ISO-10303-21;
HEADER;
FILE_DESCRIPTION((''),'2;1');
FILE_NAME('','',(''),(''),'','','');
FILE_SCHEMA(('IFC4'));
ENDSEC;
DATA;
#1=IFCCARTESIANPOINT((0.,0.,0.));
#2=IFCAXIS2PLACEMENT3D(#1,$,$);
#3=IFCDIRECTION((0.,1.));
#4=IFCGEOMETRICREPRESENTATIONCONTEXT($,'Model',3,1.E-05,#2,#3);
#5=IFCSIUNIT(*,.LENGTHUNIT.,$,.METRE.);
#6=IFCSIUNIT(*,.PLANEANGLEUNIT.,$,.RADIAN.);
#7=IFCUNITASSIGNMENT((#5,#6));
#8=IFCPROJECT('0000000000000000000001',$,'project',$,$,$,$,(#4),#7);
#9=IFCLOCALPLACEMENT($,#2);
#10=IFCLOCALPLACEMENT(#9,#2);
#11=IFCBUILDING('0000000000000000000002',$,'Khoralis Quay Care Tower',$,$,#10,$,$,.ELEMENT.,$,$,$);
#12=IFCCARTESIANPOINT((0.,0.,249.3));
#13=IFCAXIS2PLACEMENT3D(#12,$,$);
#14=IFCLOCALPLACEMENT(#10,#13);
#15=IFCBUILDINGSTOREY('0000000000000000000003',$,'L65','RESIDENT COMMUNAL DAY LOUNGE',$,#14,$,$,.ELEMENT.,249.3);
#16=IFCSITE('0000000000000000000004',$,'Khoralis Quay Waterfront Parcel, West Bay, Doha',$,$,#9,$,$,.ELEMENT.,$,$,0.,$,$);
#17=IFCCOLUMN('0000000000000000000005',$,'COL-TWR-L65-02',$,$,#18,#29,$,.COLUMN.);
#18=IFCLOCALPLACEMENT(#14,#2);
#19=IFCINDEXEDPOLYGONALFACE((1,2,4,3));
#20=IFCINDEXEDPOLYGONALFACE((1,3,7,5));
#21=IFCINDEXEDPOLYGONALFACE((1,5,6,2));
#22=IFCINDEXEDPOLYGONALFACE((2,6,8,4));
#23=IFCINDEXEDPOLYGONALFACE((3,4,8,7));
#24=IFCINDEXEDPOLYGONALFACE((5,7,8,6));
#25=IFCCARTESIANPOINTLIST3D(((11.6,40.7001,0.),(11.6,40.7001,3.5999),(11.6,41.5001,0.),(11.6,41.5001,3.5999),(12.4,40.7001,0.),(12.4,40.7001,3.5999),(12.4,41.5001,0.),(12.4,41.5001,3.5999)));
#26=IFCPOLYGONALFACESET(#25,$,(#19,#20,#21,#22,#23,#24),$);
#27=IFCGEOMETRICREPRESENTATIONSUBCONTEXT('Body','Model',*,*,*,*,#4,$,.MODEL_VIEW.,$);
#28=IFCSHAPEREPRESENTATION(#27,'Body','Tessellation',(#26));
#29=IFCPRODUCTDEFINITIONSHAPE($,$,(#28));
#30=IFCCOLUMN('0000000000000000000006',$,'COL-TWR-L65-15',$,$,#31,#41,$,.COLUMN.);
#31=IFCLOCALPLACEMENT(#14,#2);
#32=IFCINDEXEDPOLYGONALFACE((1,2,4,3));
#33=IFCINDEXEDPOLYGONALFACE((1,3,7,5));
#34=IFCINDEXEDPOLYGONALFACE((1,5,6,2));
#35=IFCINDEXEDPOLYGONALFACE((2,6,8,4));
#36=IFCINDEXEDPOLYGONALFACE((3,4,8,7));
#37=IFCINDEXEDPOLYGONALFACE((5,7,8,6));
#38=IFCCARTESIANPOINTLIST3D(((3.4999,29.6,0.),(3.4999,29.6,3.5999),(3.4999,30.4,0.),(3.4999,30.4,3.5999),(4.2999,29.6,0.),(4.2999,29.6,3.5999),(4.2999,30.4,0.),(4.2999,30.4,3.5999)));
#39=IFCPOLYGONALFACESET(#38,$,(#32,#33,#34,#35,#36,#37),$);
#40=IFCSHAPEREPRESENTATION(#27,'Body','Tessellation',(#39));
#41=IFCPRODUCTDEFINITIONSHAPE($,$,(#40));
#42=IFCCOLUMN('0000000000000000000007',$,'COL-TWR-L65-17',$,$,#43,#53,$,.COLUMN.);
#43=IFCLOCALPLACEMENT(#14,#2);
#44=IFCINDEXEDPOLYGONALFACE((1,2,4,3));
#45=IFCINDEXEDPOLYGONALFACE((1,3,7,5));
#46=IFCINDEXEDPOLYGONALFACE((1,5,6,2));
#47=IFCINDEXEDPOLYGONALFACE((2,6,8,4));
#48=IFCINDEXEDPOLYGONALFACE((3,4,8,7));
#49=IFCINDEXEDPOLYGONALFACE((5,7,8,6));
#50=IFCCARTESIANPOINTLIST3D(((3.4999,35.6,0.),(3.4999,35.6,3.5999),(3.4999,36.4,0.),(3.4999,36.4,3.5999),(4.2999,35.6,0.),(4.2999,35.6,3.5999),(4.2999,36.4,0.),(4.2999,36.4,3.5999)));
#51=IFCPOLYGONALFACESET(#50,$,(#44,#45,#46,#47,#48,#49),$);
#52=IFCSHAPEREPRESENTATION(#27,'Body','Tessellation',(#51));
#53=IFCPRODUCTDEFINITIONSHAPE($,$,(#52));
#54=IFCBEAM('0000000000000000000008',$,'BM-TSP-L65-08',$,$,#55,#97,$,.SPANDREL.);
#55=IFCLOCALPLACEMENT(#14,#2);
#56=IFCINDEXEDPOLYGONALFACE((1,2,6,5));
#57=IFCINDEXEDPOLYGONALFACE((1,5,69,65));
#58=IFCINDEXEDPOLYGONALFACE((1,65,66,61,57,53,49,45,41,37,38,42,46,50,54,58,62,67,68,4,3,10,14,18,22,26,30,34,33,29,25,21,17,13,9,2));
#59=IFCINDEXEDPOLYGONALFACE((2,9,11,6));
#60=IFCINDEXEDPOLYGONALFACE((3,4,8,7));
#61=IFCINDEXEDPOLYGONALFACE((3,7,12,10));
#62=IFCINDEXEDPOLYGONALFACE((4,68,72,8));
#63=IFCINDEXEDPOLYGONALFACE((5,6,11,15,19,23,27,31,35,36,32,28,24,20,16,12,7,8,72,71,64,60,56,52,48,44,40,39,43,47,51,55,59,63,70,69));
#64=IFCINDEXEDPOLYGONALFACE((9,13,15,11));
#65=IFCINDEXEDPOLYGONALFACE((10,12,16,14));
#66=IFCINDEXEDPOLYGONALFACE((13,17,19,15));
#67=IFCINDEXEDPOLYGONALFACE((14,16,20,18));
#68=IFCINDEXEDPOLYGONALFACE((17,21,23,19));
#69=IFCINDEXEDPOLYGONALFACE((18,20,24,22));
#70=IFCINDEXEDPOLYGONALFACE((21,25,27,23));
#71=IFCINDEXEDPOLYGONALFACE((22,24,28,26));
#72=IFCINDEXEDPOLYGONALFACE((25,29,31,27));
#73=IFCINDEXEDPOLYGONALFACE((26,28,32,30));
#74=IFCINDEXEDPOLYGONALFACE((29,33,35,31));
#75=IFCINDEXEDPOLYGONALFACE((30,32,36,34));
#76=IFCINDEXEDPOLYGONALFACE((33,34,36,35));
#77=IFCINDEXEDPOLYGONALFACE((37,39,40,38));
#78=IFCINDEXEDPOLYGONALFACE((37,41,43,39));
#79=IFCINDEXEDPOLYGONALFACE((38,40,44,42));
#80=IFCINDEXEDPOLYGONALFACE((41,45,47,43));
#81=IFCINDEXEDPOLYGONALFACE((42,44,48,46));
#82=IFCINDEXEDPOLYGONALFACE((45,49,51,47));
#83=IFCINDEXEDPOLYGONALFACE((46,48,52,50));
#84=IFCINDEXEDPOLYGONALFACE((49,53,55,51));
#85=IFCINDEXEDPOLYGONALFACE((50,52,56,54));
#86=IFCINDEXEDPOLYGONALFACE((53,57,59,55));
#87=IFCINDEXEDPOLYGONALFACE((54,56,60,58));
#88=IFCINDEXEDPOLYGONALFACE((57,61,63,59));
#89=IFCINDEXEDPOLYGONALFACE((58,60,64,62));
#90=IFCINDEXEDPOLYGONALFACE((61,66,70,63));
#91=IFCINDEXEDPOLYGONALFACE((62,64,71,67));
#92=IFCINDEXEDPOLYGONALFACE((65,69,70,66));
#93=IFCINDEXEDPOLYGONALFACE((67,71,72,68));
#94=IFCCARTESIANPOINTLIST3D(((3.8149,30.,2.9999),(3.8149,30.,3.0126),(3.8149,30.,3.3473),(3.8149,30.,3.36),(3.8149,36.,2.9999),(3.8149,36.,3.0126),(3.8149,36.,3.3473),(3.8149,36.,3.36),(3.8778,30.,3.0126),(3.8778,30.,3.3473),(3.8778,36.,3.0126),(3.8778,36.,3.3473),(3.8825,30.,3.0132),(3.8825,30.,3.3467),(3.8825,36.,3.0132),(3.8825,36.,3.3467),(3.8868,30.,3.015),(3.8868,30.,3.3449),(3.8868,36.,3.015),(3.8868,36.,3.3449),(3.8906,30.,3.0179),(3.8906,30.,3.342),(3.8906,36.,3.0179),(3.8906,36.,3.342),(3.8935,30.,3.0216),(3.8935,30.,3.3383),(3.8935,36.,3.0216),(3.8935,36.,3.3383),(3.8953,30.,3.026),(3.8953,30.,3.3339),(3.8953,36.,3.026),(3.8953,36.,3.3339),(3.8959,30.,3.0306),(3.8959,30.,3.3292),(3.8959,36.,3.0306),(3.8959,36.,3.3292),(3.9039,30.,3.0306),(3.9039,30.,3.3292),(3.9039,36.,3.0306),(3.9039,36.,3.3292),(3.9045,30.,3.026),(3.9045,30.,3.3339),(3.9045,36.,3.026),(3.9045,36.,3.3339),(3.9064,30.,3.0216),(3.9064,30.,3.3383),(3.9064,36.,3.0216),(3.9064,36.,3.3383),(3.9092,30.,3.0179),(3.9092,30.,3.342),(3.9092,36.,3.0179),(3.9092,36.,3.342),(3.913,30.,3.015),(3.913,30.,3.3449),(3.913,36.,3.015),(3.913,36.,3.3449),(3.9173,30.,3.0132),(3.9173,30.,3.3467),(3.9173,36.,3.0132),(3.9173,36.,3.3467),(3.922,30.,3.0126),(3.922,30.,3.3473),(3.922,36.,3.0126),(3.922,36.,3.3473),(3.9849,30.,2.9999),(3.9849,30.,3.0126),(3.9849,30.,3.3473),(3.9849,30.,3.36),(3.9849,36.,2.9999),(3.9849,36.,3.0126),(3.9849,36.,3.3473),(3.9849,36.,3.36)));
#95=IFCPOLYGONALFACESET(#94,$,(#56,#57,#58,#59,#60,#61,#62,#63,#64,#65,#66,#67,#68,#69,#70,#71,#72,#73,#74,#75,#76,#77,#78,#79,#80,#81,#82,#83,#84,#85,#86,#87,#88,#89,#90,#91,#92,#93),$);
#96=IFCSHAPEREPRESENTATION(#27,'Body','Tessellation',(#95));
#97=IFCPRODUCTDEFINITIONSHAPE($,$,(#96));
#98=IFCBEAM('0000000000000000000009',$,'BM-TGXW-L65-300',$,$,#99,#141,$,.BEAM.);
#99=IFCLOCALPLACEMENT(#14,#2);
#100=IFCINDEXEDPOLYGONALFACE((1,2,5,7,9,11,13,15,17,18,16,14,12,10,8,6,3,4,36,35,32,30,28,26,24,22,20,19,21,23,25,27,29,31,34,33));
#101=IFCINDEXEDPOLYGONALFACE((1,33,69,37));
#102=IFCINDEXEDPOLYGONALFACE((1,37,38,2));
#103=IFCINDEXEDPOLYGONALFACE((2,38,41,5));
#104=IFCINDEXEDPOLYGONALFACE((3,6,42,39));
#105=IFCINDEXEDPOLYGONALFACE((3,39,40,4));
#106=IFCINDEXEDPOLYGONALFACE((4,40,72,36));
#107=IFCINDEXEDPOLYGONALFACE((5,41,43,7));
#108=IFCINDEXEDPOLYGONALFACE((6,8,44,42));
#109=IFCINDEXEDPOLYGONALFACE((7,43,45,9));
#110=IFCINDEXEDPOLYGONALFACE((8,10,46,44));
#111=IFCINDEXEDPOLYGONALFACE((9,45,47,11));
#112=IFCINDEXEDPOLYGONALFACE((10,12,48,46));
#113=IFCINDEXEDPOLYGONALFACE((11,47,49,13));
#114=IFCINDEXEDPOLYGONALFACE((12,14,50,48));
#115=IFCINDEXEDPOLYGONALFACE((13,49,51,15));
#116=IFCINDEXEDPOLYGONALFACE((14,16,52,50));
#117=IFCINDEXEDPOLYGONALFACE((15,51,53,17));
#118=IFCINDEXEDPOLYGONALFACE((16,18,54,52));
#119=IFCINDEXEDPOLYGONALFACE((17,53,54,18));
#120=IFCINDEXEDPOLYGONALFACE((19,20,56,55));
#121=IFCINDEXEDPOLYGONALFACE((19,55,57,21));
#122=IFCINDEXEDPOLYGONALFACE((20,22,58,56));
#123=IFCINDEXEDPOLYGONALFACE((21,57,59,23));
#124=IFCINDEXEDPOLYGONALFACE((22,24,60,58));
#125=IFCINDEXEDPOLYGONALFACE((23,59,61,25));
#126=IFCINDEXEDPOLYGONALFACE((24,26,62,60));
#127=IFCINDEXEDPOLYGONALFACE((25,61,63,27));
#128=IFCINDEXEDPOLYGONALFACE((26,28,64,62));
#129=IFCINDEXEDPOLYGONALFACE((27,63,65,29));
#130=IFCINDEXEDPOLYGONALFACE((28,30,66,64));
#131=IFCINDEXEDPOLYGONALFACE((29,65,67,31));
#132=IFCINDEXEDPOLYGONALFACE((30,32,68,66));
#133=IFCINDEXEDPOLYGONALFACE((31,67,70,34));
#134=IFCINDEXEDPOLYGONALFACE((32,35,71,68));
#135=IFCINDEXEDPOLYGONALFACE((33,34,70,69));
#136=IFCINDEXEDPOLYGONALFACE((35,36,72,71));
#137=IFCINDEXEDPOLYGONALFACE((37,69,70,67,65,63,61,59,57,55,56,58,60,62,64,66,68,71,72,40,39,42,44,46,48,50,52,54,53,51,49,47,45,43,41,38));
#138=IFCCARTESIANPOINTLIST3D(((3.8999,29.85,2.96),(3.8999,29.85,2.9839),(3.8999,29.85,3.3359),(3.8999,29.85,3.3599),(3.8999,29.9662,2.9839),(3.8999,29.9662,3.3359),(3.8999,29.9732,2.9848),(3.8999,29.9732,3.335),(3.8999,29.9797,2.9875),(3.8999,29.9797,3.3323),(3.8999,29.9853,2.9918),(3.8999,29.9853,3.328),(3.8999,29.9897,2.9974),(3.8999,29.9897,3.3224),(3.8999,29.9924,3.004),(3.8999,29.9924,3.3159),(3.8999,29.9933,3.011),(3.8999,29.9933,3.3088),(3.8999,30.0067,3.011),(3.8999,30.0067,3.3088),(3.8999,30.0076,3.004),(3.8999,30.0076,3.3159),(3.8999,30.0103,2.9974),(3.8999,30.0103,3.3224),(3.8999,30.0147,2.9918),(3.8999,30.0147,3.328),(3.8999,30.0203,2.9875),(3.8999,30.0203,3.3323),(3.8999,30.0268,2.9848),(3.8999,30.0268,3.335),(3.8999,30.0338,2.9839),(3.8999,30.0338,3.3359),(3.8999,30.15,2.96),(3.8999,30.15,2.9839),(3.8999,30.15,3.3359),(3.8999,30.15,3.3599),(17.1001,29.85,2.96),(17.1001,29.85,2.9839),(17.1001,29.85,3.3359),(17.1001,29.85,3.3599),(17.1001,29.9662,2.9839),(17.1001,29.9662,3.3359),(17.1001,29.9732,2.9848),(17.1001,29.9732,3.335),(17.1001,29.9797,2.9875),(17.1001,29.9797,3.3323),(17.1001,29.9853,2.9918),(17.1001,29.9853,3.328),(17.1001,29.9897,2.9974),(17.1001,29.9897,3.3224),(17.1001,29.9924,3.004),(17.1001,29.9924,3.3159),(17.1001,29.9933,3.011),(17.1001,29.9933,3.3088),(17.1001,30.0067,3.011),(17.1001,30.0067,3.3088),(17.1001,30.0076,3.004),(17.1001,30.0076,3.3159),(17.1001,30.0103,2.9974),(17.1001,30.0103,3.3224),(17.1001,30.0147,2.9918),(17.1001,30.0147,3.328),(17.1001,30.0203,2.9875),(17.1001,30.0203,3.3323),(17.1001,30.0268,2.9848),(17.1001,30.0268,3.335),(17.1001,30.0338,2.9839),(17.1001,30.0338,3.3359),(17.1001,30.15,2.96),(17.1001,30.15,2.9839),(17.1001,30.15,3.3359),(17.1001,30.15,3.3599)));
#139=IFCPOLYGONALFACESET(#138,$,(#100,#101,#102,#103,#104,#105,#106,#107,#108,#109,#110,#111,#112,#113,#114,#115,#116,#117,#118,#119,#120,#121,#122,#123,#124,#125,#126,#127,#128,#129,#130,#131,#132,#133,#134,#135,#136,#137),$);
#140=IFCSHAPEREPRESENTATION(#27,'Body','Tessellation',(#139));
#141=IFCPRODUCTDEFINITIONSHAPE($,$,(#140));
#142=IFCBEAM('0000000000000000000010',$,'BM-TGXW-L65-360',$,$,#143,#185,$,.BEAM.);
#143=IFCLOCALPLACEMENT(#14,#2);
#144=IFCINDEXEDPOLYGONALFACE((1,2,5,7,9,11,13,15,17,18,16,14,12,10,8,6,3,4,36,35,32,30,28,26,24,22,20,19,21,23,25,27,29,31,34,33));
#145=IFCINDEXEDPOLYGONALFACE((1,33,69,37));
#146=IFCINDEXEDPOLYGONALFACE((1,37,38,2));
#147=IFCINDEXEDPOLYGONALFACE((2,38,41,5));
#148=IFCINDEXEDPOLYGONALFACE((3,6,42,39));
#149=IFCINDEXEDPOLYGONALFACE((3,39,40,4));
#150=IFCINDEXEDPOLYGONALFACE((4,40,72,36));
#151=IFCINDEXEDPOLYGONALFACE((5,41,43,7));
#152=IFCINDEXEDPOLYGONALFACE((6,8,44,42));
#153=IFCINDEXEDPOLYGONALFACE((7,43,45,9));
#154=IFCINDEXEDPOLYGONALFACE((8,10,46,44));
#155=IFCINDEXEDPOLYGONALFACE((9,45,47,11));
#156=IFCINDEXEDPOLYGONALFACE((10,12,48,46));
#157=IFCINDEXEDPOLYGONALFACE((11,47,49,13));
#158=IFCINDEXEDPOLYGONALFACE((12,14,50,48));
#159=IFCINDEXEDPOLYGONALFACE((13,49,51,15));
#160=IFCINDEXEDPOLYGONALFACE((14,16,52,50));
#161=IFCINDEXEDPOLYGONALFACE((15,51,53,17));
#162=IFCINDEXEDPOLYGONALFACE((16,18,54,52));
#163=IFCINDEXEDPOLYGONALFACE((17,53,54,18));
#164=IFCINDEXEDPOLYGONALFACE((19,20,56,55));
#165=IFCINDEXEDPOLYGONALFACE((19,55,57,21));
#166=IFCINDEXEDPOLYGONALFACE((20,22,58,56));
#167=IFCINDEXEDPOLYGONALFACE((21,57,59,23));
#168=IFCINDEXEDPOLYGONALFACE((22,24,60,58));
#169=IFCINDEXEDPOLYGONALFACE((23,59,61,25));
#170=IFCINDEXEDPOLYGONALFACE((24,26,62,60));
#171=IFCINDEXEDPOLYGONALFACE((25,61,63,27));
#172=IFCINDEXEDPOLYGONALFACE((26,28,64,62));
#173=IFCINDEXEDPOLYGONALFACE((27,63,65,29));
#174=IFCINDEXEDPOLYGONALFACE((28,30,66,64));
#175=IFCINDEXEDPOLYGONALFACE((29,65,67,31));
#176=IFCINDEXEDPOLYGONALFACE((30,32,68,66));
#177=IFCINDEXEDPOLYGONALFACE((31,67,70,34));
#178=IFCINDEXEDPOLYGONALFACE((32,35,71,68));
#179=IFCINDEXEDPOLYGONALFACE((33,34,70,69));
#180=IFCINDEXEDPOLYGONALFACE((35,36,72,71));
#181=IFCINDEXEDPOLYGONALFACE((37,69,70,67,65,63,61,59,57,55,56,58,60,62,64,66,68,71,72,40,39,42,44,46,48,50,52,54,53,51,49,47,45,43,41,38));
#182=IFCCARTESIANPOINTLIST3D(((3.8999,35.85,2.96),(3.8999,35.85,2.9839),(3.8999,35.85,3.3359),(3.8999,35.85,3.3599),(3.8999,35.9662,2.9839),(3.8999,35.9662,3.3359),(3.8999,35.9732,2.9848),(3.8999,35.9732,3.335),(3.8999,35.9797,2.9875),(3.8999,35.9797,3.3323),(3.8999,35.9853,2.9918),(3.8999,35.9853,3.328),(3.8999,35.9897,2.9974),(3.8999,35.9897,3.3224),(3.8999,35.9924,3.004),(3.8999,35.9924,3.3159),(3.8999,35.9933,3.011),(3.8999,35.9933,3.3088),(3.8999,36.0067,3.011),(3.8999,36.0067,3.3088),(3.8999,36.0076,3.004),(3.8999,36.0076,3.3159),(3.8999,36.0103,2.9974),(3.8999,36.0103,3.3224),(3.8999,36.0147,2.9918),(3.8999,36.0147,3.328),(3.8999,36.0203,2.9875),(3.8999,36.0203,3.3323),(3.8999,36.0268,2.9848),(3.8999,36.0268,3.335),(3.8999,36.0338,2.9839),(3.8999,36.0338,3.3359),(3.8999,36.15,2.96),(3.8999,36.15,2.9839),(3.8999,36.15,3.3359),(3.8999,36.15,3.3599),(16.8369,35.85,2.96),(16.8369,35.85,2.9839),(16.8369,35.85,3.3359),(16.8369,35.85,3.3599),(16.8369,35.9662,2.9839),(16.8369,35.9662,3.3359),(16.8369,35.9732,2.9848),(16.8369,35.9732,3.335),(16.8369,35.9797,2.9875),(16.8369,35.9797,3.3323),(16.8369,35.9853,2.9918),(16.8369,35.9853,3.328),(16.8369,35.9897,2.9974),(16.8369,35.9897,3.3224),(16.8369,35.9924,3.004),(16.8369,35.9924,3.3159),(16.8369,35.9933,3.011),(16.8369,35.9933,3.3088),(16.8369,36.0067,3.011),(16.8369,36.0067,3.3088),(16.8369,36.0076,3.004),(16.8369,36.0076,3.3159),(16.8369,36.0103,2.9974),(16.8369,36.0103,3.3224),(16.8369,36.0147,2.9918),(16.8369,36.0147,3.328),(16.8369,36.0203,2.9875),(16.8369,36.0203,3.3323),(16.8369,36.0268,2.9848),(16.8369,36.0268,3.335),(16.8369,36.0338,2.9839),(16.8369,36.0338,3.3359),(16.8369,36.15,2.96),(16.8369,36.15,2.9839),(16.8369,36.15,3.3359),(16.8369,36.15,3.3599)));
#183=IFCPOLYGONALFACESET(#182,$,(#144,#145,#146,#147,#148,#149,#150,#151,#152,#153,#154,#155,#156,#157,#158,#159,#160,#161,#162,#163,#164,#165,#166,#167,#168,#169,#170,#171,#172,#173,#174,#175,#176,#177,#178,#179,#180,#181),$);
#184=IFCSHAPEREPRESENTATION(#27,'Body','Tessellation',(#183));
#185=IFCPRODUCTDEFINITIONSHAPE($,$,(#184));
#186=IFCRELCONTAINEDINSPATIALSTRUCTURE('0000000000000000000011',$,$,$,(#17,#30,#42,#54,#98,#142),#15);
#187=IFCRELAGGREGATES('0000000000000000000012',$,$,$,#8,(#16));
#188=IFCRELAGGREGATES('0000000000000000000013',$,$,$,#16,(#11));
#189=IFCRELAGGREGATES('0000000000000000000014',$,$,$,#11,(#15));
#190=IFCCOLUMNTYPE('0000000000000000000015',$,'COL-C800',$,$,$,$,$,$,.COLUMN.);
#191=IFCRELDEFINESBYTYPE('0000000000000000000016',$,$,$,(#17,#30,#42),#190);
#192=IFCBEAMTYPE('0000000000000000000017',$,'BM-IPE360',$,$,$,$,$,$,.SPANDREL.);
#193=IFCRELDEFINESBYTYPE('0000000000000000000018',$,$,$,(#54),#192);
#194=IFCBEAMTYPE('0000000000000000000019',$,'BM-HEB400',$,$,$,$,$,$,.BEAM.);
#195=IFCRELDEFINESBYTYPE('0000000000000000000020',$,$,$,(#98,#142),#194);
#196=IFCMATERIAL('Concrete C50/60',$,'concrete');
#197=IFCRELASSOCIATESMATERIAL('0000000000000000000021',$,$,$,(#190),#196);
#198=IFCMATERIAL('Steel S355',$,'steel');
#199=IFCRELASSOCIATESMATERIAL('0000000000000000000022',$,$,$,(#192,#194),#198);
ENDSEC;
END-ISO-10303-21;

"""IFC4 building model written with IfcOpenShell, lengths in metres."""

from ifc_helpers import new_model, si_unit, direction, frame, origin, origin_2d, place, context, subcontext, project, spatial, rectangle, i_section, extrude, source, transform, mapped, material, material_profile, profile_set, type_object, element, save


model = new_model("IFC4")

# Units and contexts
model_context = context("Model", 3, precision=1e-05, world=origin(), true_north=direction((0.0, 1.0)))
body_context = subcontext(model_context, "Body", "Model", "MODEL_VIEW")
ifc_project = project(units=[si_unit("LENGTHUNIT", "METRE"), si_unit("PLANEANGLEUNIT", "RADIAN")], contexts=[model_context])

# Site, building, storey
site_placement = place(None, origin())
site = spatial("IfcSite", under=ifc_project, at=site_placement, Name="Khoralis Quay Waterfront Parcel, West Bay, Doha", CompositionType="ELEMENT", RefElevation=0.0)
building_placement = place(site_placement, origin())
building = spatial("IfcBuilding", under=site, at=building_placement, Name="Khoralis Quay Care Tower", CompositionType="ELEMENT")
storey_placement = place(building_placement, frame((0.0, 0.0, 249.3)))
storey = spatial("IfcBuildingStorey", under=building, at=storey_placement, Name="L65", Description="RESIDENT COMMUNAL DAY LOUNGE", CompositionType="ELEMENT", Elevation=249.3)

# Columns
ifc_material_1 = material(Name="Concrete C50/60", Category="concrete")
ifc_material_profile_1 = material_profile(ifc_material_1, rectangle(XDim=0.8, YDim=0.8, at=origin_2d()), Name="Concrete C50/60")
ifc_profile_set_1 = profile_set([ifc_material_profile_1], Name="Concrete C50/60")
column_type = type_object("IfcColumnType", Name="COL-C800", PredefinedType="COLUMN", material=ifc_profile_set_1)
shared_shape_1 = source(origin(), body_context, "Body", "SweptSolid", [
    extrude(rectangle(XDim=0.8, YDim=0.8, at=origin_2d()), origin(), (0.0, 0.0, 1.0), 3.5999),
])
for number, where, z_axis, x_axis, name in (
    (1, (12.0, 41.1001, 0.0), (0.0, 0.0, 1.0), (1.0, 0.0, 0.0), "COL-TWR-L65-02"),
    (2, (3.8999, 30.0, 0.0), (0.0, 0.0, 1.0), (1.0, 0.0, 0.0), "COL-TWR-L65-15"),
    (3, (3.8999, 36.0, 0.0), (0.0, 0.0, 1.0), (1.0, 0.0, 0.0), "COL-TWR-L65-17"),
):
    element("IfcColumn", number, at=place(storey_placement, frame(where, z_axis=z_axis, x_axis=x_axis)), inside=storey, type_object=column_type, Name=name, PredefinedType="COLUMN", context=body_context, shape_type="MappedRepresentation", body=[
        mapped(shared_shape_1, transform((0.0, 0.0, 0.0), scale=1.0)),
    ])

# Beams
ifc_material_2 = material(Name="Steel S355", Category="steel")
ifc_material_profile_2 = material_profile(ifc_material_2, i_section(OverallWidth=0.1699, OverallDepth=0.3601, WebThickness=0.0081, FlangeThickness=0.0127, FilletRadius=0.0181, at=origin_2d()), Name="Steel S355")
ifc_profile_set_2 = profile_set([ifc_material_profile_2], Name="Steel S355")
beam_type_1 = type_object("IfcBeamType", Name="BM-IPE360", PredefinedType="SPANDREL", material=ifc_profile_set_2)
shared_shape_2 = source(origin(), body_context, "Body", "SweptSolid", [
    extrude(i_section(OverallWidth=0.1699, OverallDepth=0.3601, WebThickness=0.0081, FlangeThickness=0.0127, FilletRadius=0.0181, at=origin_2d()), origin(), (0.0, 0.0, 1.0), 6.0),
])
beam_1_placement = place(storey_placement, frame((3.8999, 30.0, 3.1799), z_axis=(0.0, 1.0, 0.0), x_axis=(-1.0, 0.0, 0.0)))
element("IfcBeam", 4, at=beam_1_placement, inside=storey, type_object=beam_type_1, Name="BM-TSP-L65-08", PredefinedType="SPANDREL", context=body_context, shape_type="MappedRepresentation", body=[
    mapped(shared_shape_2, transform((0.0, 0.0, 0.0), scale=1.0)),
])
ifc_material_profile_3 = material_profile(ifc_material_2, i_section(OverallWidth=0.3, OverallDepth=0.3999, WebThickness=0.0134, FlangeThickness=0.0239, FilletRadius=0.0271, at=origin_2d()), Name="Steel S355")
ifc_profile_set_3 = profile_set([ifc_material_profile_3], Name="Steel S355")
beam_type_2 = type_object("IfcBeamType", Name="BM-HEB400", PredefinedType="BEAM", material=ifc_profile_set_3)
shared_shape_3 = source(origin(), body_context, "Body", "SweptSolid", [
    extrude(i_section(OverallWidth=0.3, OverallDepth=0.3999, WebThickness=0.0134, FlangeThickness=0.0239, FilletRadius=0.0271, at=origin_2d()), origin(), (0.0, 0.0, 1.0), 13.2002),
])
beam_2_placement = place(storey_placement, frame((3.8999, 30.0, 3.1599), z_axis=(1.0, 0.0, 0.0), x_axis=(0.0, 1.0, 0.0)))
element("IfcBeam", 5, at=beam_2_placement, inside=storey, type_object=beam_type_2, Name="BM-TGXW-L65-300", PredefinedType="BEAM", context=body_context, shape_type="MappedRepresentation", body=[
    mapped(shared_shape_3, transform((0.0, 0.0, 0.0), scale=1.0)),
])
shared_shape_4 = source(origin(), body_context, "Body", "SweptSolid", [
    extrude(i_section(OverallWidth=0.3, OverallDepth=0.3999, WebThickness=0.0134, FlangeThickness=0.0239, FilletRadius=0.0271, at=origin_2d()), origin(), (0.0, 0.0, 1.0), 12.937),
])
beam_3_placement = place(storey_placement, frame((3.8999, 36.0, 3.1599), z_axis=(1.0, 0.0, 0.0), x_axis=(0.0, 1.0, 0.0)))
element("IfcBeam", 6, at=beam_3_placement, inside=storey, type_object=beam_type_2, Name="BM-TGXW-L65-360", PredefinedType="BEAM", context=body_context, shape_type="MappedRepresentation", body=[
    mapped(shared_shape_4, transform((0.0, 0.0, 0.0), scale=1.0)),
])

save(model, "model.ifc")
